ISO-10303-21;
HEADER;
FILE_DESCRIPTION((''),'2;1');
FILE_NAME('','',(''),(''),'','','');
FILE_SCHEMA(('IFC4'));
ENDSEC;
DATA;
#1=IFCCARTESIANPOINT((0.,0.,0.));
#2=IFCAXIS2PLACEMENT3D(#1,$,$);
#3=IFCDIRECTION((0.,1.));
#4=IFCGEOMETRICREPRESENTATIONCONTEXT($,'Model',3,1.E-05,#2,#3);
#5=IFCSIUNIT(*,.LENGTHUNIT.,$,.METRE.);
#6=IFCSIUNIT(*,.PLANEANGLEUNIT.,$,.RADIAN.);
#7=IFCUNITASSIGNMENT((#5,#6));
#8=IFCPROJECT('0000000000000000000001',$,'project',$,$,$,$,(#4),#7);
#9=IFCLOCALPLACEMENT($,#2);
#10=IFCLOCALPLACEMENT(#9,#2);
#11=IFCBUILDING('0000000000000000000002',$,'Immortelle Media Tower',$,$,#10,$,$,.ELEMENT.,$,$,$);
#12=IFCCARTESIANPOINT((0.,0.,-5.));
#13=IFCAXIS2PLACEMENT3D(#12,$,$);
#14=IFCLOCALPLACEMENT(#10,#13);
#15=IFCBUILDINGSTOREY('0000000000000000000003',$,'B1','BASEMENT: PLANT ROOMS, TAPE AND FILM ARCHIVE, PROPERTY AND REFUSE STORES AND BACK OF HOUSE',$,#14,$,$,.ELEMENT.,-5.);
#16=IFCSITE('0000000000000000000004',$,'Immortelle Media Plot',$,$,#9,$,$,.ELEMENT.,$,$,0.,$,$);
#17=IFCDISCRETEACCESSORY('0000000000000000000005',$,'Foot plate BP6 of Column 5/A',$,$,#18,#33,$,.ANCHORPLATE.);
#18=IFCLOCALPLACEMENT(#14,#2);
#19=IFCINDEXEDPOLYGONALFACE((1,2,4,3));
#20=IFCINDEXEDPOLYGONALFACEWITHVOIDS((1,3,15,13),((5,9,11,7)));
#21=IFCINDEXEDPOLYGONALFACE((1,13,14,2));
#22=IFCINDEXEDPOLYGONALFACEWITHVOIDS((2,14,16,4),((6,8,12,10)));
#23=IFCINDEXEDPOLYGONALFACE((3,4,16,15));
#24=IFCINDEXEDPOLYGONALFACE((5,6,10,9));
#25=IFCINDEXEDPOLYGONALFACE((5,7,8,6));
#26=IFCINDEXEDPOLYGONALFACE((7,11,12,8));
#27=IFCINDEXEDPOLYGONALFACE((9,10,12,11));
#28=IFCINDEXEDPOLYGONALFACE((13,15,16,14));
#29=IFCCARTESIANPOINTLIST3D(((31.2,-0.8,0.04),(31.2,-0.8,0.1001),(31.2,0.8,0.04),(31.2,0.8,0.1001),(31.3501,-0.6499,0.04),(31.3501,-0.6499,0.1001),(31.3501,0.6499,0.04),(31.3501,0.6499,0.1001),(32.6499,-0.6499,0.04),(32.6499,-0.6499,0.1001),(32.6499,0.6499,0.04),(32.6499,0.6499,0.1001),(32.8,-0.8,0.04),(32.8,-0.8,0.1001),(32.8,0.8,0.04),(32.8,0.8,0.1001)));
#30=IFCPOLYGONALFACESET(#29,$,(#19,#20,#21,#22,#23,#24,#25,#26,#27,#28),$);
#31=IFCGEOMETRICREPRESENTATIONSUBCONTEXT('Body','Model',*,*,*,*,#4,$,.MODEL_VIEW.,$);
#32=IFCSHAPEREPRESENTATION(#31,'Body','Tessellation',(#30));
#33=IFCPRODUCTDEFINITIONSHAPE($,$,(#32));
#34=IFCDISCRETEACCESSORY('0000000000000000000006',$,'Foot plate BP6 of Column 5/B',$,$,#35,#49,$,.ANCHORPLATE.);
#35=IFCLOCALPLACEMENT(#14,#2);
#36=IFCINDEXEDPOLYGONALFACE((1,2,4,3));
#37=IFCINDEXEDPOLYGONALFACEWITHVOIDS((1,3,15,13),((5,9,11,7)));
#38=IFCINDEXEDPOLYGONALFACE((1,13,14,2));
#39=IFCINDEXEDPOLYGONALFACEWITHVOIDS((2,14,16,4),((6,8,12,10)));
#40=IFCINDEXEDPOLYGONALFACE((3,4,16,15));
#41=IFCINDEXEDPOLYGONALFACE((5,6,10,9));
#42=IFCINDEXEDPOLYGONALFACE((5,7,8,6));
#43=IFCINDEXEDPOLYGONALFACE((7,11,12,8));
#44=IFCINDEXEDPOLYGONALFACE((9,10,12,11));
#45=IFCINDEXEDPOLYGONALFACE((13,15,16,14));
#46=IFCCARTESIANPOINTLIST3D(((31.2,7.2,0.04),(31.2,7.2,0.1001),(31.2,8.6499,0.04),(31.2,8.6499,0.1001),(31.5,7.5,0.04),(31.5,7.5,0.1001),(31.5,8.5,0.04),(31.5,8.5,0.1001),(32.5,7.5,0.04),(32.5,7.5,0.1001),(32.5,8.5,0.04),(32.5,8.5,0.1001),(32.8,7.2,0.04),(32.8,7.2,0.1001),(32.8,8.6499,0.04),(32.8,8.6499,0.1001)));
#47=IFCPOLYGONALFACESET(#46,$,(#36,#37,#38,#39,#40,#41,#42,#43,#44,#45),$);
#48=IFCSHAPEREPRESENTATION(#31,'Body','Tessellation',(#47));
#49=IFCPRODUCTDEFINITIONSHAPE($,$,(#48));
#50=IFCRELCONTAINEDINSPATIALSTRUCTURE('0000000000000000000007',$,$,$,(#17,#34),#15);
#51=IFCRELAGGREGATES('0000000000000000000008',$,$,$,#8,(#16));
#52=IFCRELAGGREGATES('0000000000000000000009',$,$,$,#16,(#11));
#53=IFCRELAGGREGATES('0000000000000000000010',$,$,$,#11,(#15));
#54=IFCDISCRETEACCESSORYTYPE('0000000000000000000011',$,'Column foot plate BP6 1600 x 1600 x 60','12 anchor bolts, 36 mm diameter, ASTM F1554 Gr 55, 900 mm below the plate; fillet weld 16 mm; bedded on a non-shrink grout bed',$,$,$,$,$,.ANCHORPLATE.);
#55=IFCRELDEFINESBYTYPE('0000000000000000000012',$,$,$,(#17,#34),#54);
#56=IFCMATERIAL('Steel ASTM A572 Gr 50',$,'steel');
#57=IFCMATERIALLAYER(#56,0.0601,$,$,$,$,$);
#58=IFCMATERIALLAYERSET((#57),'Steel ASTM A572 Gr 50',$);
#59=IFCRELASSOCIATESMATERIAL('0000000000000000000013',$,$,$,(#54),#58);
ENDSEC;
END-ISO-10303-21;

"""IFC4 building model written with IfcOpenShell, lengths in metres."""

from ifc_helpers import new_model, si_unit, direction, frame, origin, place, context, subcontext, project, spatial, polyline, outline, extrude, material, layer, layer_set, type_object, element, save


model = new_model("IFC4")

# Units and contexts
model_context = context("Model", 3, precision=1e-05, world=origin(), true_north=direction((0.0, 1.0)))
body_context = subcontext(model_context, "Body", "Model", "MODEL_VIEW")
ifc_project = project(units=[si_unit("LENGTHUNIT", "METRE"), si_unit("PLANEANGLEUNIT", "RADIAN")], contexts=[model_context])

# Site, building, storey
site_placement = place(None, origin())
site = spatial("IfcSite", under=ifc_project, at=site_placement, Name="Immortelle Media Plot", CompositionType="ELEMENT", RefElevation=0.0)
building_placement = place(site_placement, origin())
building = spatial("IfcBuilding", under=site, at=building_placement, Name="Immortelle Media Tower", CompositionType="ELEMENT")
storey_placement = place(building_placement, frame((0.0, 0.0, -5.0)))
storey = spatial("IfcBuildingStorey", under=building, at=storey_placement, Name="B1", Description="BASEMENT: PLANT ROOMS, TAPE AND FILM ARCHIVE, PROPERTY AND REFUSE STORES AND BACK OF HOUSE", CompositionType="ELEMENT", Elevation=-5.0)

# Shared definitions
ifc_material_1 = material(Name="Steel ASTM A572 Gr 50", Category="steel")

# Discrete accessories
ifc_layer_1 = layer(ifc_material_1, 0.0601)
ifc_layer_set_1 = layer_set([ifc_layer_1], Name="Steel ASTM A572 Gr 50")
discrete_accessory_type = type_object("IfcDiscreteAccessoryType", Name="Column foot plate BP6 1600 x 1600 x 60", Description="12 anchor bolts, 36 mm diameter, ASTM F1554 Gr 55, 900 mm below the plate; fillet weld 16 mm; bedded on a non-shrink grout bed", PredefinedType="ANCHORPLATE", material=ifc_layer_set_1)
discrete_accessory_1_placement = place(storey_placement, frame((32.0, 0.0, 0.04), z_axis=(0.0, 0.0, 1.0), x_axis=(1.0, 0.0, 0.0)))
element("IfcDiscreteAccessory", 1, at=discrete_accessory_1_placement, inside=storey, type_object=discrete_accessory_type, Name="Foot plate BP6 of Column 5/A", PredefinedType="ANCHORPLATE", context=body_context, shape_type="SweptSolid", body=[
    extrude(outline(polyline([(-0.8, -0.8), (0.8, -0.8), (0.8, 0.8), (-0.8, 0.8), (-0.8, -0.8)]), holes=[polyline([(0.6499, 0.6499), (0.6499, -0.6499), (-0.6499, -0.6499), (-0.6499, 0.6499), (0.6499, 0.6499)])]), origin(), (0.0, 0.0, 1.0), 0.0601),
])
discrete_accessory_2_placement = place(storey_placement, frame((32.0, 8.0, 0.04), z_axis=(0.0, 0.0, 1.0), x_axis=(1.0, 0.0, 0.0)))
element("IfcDiscreteAccessory", 2, at=discrete_accessory_2_placement, inside=storey, type_object=discrete_accessory_type, Name="Foot plate BP6 of Column 5/B", PredefinedType="ANCHORPLATE", context=body_context, shape_type="SweptSolid", body=[
    extrude(outline(polyline([(-0.8, -0.8), (0.8, -0.8), (0.8, 0.6499), (-0.8, 0.6499), (-0.8, -0.8)]), holes=[polyline([(0.5, 0.5), (0.5, -0.5), (-0.5, -0.5), (-0.5, 0.5), (0.5, 0.5)])]), origin(), (0.0, 0.0, 1.0), 0.0601),
])

save(model, "model.ifc")
